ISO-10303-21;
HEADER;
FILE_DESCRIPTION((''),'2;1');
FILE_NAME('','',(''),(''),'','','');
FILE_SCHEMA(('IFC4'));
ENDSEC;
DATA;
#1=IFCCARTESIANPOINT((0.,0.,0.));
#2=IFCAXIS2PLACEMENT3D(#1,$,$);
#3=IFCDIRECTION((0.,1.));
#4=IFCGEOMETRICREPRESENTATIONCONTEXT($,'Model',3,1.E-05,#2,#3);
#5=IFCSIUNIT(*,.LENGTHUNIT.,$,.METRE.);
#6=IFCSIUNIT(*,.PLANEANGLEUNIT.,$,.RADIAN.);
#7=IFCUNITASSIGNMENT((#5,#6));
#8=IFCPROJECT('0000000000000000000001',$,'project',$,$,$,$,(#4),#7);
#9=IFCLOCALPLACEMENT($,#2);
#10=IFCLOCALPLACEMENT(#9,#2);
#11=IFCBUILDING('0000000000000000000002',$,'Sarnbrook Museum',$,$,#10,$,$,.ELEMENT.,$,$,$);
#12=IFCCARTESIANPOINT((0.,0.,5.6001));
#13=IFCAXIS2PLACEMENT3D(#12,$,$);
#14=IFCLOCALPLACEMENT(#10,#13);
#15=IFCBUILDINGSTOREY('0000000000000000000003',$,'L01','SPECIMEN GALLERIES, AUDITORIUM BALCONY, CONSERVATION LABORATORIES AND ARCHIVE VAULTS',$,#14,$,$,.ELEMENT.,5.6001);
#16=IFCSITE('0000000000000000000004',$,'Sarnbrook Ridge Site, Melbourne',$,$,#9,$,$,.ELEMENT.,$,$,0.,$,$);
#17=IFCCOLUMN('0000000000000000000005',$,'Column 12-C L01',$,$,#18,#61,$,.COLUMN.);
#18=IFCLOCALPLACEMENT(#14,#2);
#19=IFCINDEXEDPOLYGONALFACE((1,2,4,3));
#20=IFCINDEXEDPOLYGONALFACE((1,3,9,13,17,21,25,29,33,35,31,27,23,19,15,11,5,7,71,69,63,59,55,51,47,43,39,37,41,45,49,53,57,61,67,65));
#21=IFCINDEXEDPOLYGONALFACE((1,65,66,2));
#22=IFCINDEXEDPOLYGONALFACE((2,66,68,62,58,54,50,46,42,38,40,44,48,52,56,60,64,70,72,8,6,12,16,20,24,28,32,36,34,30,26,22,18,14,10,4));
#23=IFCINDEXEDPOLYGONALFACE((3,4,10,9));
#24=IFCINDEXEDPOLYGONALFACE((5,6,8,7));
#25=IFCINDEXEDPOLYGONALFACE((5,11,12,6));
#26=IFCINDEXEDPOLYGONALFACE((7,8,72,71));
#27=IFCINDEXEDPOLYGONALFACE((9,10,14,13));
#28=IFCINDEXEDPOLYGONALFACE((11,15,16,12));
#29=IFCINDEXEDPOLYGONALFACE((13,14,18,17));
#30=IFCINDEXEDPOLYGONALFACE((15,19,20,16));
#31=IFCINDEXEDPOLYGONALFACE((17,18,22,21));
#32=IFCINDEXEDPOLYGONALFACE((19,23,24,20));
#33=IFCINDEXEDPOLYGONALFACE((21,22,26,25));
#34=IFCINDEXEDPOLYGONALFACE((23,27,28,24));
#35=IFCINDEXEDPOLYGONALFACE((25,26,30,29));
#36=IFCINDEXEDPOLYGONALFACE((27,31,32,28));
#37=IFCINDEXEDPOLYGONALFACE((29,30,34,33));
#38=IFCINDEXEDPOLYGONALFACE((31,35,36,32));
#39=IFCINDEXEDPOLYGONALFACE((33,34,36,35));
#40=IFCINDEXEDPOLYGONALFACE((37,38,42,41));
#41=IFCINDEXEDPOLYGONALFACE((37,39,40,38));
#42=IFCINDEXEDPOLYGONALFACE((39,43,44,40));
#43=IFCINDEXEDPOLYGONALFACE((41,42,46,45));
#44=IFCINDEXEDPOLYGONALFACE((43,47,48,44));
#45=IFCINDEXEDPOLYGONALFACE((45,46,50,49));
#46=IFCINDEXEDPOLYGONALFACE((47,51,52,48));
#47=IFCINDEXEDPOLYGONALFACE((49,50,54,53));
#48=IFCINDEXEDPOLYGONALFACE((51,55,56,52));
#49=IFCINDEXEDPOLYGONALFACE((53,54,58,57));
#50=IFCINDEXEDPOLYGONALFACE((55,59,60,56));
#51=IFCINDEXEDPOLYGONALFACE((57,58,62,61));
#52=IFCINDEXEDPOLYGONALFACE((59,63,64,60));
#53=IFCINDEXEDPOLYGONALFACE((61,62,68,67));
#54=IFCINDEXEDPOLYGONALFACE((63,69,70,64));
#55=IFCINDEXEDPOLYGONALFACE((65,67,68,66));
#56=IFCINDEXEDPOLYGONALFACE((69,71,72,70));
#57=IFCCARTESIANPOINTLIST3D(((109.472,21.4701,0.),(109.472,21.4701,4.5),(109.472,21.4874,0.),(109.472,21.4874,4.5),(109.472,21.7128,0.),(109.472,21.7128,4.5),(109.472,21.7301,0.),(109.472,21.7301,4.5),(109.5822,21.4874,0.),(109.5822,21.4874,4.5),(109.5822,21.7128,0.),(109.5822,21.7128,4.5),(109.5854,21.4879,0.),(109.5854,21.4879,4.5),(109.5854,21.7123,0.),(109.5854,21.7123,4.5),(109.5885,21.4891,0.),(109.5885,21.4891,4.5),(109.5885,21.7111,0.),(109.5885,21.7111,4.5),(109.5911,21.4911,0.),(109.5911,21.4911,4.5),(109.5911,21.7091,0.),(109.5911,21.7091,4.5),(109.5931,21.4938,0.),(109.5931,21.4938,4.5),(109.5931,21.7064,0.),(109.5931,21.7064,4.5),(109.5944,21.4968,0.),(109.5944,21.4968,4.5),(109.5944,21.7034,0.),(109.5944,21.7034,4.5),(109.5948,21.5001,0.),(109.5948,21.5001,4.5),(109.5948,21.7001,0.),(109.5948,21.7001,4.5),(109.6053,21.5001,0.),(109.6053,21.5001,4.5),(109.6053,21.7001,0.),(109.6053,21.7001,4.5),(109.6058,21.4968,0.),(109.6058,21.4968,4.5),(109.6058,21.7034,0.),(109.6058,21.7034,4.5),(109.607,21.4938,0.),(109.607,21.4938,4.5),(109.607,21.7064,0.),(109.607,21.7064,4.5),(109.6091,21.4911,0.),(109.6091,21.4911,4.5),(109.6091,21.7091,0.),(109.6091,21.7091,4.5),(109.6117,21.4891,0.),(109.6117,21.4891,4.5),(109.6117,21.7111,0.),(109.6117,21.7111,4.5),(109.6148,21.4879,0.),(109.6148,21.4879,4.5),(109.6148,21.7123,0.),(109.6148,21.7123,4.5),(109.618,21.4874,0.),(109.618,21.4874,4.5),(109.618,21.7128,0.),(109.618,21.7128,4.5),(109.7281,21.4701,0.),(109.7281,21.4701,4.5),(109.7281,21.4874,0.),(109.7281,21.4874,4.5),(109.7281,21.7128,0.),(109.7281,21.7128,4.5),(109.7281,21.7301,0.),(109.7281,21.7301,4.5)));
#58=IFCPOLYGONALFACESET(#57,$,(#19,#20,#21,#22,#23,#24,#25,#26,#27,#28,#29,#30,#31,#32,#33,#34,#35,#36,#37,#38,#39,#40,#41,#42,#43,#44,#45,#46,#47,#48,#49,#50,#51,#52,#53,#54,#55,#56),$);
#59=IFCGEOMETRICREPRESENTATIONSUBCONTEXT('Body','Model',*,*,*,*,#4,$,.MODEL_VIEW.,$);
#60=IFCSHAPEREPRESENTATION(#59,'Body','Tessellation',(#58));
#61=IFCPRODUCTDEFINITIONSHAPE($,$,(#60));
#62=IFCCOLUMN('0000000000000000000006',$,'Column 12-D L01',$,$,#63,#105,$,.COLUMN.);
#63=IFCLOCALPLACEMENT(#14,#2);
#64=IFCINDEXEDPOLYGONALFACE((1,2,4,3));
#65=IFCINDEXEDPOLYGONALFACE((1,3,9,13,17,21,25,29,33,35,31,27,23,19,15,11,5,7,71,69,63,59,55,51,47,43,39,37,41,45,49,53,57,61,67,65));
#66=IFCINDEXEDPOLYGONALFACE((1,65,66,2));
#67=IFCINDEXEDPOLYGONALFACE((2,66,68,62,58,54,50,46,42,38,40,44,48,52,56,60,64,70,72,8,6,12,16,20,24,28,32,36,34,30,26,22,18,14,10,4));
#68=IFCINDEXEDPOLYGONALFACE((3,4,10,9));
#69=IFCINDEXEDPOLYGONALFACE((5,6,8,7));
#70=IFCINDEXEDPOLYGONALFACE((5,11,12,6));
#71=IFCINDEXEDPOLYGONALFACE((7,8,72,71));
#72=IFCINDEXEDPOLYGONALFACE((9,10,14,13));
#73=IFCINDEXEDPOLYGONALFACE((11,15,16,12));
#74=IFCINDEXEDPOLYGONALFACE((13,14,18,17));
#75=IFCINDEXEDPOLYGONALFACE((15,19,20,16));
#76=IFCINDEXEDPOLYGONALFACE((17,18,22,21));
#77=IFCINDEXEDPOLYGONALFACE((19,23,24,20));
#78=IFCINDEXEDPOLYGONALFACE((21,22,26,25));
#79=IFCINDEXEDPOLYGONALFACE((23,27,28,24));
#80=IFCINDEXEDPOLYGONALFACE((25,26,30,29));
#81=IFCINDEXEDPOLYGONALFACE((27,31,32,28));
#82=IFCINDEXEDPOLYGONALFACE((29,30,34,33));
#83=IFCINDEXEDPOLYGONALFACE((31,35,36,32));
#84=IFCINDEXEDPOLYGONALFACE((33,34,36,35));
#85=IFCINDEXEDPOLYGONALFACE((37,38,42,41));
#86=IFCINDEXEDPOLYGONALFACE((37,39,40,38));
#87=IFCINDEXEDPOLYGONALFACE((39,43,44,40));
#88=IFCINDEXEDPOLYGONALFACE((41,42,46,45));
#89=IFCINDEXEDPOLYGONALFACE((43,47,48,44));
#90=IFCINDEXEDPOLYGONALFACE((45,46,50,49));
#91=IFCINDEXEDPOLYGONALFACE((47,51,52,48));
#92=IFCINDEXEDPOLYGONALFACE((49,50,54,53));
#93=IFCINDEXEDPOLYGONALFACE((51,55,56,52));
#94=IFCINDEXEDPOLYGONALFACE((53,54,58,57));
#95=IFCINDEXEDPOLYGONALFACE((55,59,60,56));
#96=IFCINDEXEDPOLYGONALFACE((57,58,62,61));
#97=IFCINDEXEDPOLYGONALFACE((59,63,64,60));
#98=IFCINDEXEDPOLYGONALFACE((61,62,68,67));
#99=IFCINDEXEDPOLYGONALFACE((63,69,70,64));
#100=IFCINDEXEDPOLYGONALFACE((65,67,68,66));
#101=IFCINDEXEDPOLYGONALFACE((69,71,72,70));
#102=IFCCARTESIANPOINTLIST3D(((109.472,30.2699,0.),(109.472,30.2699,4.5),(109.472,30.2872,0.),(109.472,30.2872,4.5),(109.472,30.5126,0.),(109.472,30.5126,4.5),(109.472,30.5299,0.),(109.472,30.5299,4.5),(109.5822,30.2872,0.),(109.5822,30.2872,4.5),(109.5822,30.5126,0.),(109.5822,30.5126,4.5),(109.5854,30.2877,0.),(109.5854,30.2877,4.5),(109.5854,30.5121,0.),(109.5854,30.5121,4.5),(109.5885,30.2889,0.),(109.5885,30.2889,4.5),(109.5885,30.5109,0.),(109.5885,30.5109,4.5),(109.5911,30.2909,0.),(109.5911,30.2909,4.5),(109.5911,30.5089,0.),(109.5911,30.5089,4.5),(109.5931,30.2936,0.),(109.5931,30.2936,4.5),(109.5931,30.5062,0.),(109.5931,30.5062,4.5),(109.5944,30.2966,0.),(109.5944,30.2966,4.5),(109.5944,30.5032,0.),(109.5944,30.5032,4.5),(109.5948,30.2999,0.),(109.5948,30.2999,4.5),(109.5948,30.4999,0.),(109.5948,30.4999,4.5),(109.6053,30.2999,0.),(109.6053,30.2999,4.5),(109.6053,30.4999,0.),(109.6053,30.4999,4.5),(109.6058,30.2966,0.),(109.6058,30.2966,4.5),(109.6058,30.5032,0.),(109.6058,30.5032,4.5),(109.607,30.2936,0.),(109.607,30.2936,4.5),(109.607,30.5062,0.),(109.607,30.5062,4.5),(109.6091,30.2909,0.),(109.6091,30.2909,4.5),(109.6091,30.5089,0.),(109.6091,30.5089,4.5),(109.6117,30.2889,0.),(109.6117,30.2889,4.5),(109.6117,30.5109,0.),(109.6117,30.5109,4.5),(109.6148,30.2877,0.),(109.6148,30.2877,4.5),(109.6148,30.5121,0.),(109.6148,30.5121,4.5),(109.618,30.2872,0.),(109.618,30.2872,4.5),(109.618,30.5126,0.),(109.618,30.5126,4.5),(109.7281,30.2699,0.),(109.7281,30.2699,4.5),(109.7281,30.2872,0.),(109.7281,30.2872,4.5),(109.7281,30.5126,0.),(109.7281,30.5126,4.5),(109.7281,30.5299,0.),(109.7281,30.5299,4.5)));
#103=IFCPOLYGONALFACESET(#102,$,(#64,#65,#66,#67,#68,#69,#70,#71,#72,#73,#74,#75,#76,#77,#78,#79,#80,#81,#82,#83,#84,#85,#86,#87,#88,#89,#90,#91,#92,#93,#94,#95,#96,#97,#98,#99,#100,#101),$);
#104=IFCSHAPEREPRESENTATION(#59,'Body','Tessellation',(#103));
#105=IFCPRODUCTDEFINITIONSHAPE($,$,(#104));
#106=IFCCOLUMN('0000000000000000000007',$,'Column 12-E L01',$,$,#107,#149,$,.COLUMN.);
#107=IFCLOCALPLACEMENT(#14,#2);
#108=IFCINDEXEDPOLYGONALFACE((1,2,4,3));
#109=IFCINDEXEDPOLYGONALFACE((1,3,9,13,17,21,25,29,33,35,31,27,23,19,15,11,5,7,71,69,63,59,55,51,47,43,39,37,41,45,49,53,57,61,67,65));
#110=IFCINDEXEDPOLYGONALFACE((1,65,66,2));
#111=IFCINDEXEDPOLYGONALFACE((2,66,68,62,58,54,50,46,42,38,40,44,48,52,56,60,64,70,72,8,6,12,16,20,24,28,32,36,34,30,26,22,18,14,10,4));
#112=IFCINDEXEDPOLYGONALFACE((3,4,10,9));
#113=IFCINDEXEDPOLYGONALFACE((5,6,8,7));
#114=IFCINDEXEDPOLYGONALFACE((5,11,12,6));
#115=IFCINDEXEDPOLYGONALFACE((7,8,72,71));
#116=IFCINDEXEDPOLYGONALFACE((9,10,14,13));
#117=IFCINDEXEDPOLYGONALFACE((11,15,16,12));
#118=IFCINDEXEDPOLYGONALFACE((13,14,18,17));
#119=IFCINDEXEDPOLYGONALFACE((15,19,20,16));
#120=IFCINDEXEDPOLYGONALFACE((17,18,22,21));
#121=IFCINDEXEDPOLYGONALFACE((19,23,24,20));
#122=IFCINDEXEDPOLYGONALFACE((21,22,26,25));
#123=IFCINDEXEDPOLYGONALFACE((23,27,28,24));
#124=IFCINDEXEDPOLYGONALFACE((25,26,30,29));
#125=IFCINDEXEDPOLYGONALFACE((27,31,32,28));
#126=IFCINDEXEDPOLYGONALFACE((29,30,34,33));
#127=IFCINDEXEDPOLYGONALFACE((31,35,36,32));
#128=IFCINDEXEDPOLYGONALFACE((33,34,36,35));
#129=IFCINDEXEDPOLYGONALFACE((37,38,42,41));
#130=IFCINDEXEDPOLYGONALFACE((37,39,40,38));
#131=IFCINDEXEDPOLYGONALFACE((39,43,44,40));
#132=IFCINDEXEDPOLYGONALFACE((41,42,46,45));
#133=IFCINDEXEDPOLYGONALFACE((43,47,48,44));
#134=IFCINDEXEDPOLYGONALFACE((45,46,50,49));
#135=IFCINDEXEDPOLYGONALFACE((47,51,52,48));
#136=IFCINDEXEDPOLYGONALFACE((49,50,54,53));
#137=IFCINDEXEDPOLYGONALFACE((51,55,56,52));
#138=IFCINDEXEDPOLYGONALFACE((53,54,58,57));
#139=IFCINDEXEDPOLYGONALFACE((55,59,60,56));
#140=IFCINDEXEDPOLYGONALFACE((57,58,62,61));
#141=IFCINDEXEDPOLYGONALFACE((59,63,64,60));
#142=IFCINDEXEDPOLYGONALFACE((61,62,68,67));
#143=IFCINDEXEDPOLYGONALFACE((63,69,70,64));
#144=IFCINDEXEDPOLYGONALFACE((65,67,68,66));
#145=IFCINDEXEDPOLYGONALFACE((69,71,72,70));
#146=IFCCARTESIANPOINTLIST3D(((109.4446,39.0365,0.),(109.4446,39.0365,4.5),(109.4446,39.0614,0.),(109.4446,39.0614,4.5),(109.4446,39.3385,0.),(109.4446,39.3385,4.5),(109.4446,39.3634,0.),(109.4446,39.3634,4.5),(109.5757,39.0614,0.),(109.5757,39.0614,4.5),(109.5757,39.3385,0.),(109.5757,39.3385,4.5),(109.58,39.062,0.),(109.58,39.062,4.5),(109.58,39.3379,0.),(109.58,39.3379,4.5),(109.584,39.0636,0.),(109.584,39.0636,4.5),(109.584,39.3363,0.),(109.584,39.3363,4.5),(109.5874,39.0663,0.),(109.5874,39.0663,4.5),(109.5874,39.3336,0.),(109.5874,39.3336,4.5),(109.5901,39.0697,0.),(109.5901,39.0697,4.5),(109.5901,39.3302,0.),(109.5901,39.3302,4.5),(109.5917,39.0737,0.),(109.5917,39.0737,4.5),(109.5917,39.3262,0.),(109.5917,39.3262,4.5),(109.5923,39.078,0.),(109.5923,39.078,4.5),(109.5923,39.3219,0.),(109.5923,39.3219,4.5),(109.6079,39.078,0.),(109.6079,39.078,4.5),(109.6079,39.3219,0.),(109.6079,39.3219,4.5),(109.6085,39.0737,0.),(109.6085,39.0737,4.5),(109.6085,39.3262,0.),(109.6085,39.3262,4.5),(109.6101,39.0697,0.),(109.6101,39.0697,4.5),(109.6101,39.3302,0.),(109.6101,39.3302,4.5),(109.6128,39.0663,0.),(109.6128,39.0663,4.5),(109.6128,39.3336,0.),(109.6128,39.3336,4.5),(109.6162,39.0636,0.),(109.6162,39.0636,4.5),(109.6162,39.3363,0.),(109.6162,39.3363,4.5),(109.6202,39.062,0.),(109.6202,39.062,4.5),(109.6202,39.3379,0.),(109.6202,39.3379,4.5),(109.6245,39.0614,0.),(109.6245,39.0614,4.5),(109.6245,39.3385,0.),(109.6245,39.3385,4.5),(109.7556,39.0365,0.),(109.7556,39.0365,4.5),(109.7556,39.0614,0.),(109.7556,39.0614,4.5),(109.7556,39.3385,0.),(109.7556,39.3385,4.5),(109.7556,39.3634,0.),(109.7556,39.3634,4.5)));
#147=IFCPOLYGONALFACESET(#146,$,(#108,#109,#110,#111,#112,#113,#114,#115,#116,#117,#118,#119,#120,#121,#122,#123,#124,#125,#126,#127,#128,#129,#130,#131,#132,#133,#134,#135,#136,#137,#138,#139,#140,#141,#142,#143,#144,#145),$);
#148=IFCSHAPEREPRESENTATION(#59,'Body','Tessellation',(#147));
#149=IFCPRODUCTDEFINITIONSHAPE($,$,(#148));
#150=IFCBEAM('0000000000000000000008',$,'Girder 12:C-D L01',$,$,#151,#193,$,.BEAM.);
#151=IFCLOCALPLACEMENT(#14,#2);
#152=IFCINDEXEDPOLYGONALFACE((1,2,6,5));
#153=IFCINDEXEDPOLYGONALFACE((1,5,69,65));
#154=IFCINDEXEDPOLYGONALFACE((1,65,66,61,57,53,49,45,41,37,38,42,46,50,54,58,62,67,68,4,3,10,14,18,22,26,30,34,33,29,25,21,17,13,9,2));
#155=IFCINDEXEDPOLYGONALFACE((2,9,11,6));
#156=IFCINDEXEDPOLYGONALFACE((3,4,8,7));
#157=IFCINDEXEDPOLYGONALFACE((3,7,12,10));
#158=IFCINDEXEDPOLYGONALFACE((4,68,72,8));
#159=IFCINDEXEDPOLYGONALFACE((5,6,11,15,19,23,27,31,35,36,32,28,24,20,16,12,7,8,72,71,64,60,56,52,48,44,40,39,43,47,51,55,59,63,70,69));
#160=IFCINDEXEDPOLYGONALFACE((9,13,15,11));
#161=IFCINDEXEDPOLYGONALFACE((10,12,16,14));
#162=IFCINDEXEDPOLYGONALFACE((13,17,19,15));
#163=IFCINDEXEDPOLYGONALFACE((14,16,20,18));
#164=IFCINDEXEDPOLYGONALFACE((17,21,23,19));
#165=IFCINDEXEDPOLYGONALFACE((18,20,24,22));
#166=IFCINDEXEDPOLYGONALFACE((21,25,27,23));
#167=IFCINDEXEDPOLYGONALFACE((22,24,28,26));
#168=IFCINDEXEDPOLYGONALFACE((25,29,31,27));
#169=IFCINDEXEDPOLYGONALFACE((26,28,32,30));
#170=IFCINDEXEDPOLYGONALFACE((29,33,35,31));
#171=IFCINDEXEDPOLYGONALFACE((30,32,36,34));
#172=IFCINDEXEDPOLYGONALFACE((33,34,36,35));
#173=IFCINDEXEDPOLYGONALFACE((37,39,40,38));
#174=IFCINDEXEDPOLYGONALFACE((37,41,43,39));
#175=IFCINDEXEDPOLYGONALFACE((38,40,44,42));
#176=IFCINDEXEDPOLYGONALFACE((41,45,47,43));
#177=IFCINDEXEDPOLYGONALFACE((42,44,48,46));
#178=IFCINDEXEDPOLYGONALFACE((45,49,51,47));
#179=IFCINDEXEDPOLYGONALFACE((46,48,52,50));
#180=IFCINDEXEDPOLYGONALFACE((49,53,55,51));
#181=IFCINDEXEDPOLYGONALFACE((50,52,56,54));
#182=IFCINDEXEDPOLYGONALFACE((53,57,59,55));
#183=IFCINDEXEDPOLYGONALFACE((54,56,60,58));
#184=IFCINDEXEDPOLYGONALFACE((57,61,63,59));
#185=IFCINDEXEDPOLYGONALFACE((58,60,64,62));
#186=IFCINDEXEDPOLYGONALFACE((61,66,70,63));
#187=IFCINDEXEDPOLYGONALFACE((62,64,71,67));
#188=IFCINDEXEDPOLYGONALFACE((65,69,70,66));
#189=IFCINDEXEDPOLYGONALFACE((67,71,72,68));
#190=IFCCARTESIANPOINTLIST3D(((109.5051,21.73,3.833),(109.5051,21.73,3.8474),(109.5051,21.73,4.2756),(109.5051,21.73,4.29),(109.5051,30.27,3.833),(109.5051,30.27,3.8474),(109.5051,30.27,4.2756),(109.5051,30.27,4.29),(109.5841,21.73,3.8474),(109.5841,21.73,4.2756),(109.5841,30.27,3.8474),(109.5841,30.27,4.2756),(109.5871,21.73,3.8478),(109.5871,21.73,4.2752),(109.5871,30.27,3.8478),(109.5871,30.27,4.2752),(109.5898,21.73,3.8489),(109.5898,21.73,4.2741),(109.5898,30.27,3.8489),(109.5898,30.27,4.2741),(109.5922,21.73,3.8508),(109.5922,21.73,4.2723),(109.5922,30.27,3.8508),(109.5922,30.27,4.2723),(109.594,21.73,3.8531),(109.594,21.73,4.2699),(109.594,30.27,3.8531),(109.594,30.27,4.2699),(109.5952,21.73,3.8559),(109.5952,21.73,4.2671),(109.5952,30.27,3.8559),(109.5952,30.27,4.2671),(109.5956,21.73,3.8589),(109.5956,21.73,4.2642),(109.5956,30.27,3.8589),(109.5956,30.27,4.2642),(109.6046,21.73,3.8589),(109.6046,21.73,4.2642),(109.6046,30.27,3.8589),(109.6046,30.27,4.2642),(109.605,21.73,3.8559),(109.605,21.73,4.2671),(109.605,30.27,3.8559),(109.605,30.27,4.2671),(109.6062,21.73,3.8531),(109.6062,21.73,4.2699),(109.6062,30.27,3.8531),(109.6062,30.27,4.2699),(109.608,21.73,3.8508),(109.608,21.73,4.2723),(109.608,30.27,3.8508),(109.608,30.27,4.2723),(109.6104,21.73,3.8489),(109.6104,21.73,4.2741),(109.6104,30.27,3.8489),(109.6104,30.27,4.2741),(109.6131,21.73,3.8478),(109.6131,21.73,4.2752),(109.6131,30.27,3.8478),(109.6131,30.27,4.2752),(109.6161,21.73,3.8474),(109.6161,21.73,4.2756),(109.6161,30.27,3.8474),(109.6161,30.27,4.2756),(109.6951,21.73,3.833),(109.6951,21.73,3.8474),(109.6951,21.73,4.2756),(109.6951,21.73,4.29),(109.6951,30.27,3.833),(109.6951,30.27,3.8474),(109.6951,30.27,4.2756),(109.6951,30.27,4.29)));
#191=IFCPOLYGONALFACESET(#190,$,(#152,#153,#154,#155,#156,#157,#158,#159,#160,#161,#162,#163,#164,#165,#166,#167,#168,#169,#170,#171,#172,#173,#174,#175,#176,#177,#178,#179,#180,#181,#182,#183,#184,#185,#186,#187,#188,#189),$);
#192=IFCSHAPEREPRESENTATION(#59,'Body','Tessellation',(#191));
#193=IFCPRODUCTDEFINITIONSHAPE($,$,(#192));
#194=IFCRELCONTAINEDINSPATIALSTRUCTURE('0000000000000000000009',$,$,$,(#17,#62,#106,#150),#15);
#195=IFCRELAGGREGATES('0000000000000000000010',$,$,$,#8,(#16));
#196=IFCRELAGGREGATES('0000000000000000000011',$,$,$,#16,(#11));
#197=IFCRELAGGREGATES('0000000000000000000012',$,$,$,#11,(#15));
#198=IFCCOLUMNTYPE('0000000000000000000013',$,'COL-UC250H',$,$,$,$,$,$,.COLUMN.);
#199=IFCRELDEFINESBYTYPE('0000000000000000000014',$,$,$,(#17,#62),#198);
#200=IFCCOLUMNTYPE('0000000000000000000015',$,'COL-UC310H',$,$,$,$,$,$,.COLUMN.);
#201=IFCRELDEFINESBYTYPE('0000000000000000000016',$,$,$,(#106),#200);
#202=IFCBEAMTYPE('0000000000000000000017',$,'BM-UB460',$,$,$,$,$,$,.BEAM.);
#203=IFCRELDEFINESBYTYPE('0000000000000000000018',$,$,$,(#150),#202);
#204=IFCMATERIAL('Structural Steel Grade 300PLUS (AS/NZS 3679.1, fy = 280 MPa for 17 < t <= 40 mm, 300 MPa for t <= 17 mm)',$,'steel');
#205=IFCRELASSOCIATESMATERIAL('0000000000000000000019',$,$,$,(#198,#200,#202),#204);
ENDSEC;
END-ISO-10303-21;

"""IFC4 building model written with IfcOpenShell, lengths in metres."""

from ifc_helpers import new_model, si_unit, direction, frame, origin, origin_2d, place, context, subcontext, project, spatial, i_section, extrude, material, material_profile, profile_set, type_object, element, save


model = new_model("IFC4")

# Units and contexts
model_context = context("Model", 3, precision=1e-05, world=origin(), true_north=direction((0.0, 1.0)))
body_context = subcontext(model_context, "Body", "Model", "MODEL_VIEW")
ifc_project = project(units=[si_unit("LENGTHUNIT", "METRE"), si_unit("PLANEANGLEUNIT", "RADIAN")], contexts=[model_context])

# Site, building, storey
site_placement = place(None, origin())
site = spatial("IfcSite", under=ifc_project, at=site_placement, Name="Sarnbrook Ridge Site, Melbourne", CompositionType="ELEMENT", RefElevation=0.0)
building_placement = place(site_placement, origin())
building = spatial("IfcBuilding", under=site, at=building_placement, Name="Sarnbrook Museum", CompositionType="ELEMENT")
storey_placement = place(building_placement, frame((0.0, 0.0, 5.6001)))
storey = spatial("IfcBuildingStorey", under=building, at=storey_placement, Name="L01", Description="SPECIMEN GALLERIES, AUDITORIUM BALCONY, CONSERVATION LABORATORIES AND ARCHIVE VAULTS", CompositionType="ELEMENT", Elevation=5.6001)

# Columns
ifc_material_1 = material(Name="Structural Steel Grade 300PLUS (AS/NZS 3679.1, fy = 280 MPa for 17 < t <= 40 mm, 300 MPa for t <= 17 mm)", Category="steel")
ifc_material_profile_1 = material_profile(ifc_material_1, i_section(OverallWidth=0.2561, OverallDepth=0.26, WebThickness=0.0105, FlangeThickness=0.0173, FilletRadius=0.0127, at=origin_2d()), Name="250UC89.5")
ifc_profile_set_1 = profile_set([ifc_material_profile_1], Name="Structural Steel Grade 300PLUS (AS/NZS 3679.1, fy = 280 MPa for 17 < t <= 40 mm, 300 MPa for t <= 17 mm)")
column_type_1 = type_object("IfcColumnType", Name="COL-UC250H", PredefinedType="COLUMN", material=ifc_profile_set_1)
for number, where, z_axis, x_axis, name in (
    (1, (109.6001, 21.6001, 0.0), (0.0, 0.0, 1.0), (1.0, 0.0, 0.0), "Column 12-C L01"),
    (2, (109.6001, 30.3999, 0.0), (0.0, 0.0, 1.0), (1.0, 0.0, 0.0), "Column 12-D L01"),
):
    element("IfcColumn", number, at=place(storey_placement, frame(where, z_axis=z_axis, x_axis=x_axis)), inside=storey, type_object=column_type_1, Name=name, PredefinedType="COLUMN", context=body_context, shape_type="SweptSolid", body=[
        extrude(i_section(OverallWidth=0.2561, OverallDepth=0.26, WebThickness=0.0105, FlangeThickness=0.0173, FilletRadius=0.0127, at=origin_2d()), origin(), (0.0, 0.0, 1.0), 4.5),
    ])
ifc_material_profile_2 = material_profile(ifc_material_1, i_section(OverallWidth=0.311, OverallDepth=0.3269, WebThickness=0.0156, FlangeThickness=0.0249, FilletRadius=0.0166, at=origin_2d()), Name="310UC158")
ifc_profile_set_2 = profile_set([ifc_material_profile_2], Name="Structural Steel Grade 300PLUS (AS/NZS 3679.1, fy = 280 MPa for 17 < t <= 40 mm, 300 MPa for t <= 17 mm)")
column_type_2 = type_object("IfcColumnType", Name="COL-UC310H", PredefinedType="COLUMN", material=ifc_profile_set_2)
column_placement = place(storey_placement, frame((109.6001, 39.2, 0.0), z_axis=(0.0, 0.0, 1.0), x_axis=(1.0, 0.0, 0.0)))
element("IfcColumn", 3, at=column_placement, inside=storey, type_object=column_type_2, Name="Column 12-E L01", PredefinedType="COLUMN", context=body_context, shape_type="SweptSolid", body=[
    extrude(i_section(OverallWidth=0.311, OverallDepth=0.3269, WebThickness=0.0156, FlangeThickness=0.0249, FilletRadius=0.0166, at=origin_2d()), origin(), (0.0, 0.0, 1.0), 4.5),
])

# Beam
ifc_material_profile_3 = material_profile(ifc_material_1, i_section(OverallWidth=0.1899, OverallDepth=0.457, WebThickness=0.009, FlangeThickness=0.0144, FilletRadius=0.0115, at=origin_2d()), Name="460UB74.6")
ifc_profile_set_3 = profile_set([ifc_material_profile_3], Name="Structural Steel Grade 300PLUS (AS/NZS 3679.1, fy = 280 MPa for 17 < t <= 40 mm, 300 MPa for t <= 17 mm)")
beam_type_1 = type_object("IfcBeamType", Name="BM-UB460", PredefinedType="BEAM", material=ifc_profile_set_3)
beam_1_placement = place(storey_placement, frame((109.6001, 21.73, 4.0615), z_axis=(0.0, 1.0, 0.0), x_axis=(-1.0, 0.0, 0.0)))
element("IfcBeam", 4, at=beam_1_placement, inside=storey, type_object=beam_type_1, Name="Girder 12:C-D L01", PredefinedType="BEAM", context=body_context, shape_type="SweptSolid", body=[
    extrude(i_section(OverallWidth=0.1899, OverallDepth=0.457, WebThickness=0.009, FlangeThickness=0.0144, FilletRadius=0.0115, at=origin_2d()), origin(), (0.0, 0.0, 1.0), 8.54),
])

save(model, "model.ifc")
